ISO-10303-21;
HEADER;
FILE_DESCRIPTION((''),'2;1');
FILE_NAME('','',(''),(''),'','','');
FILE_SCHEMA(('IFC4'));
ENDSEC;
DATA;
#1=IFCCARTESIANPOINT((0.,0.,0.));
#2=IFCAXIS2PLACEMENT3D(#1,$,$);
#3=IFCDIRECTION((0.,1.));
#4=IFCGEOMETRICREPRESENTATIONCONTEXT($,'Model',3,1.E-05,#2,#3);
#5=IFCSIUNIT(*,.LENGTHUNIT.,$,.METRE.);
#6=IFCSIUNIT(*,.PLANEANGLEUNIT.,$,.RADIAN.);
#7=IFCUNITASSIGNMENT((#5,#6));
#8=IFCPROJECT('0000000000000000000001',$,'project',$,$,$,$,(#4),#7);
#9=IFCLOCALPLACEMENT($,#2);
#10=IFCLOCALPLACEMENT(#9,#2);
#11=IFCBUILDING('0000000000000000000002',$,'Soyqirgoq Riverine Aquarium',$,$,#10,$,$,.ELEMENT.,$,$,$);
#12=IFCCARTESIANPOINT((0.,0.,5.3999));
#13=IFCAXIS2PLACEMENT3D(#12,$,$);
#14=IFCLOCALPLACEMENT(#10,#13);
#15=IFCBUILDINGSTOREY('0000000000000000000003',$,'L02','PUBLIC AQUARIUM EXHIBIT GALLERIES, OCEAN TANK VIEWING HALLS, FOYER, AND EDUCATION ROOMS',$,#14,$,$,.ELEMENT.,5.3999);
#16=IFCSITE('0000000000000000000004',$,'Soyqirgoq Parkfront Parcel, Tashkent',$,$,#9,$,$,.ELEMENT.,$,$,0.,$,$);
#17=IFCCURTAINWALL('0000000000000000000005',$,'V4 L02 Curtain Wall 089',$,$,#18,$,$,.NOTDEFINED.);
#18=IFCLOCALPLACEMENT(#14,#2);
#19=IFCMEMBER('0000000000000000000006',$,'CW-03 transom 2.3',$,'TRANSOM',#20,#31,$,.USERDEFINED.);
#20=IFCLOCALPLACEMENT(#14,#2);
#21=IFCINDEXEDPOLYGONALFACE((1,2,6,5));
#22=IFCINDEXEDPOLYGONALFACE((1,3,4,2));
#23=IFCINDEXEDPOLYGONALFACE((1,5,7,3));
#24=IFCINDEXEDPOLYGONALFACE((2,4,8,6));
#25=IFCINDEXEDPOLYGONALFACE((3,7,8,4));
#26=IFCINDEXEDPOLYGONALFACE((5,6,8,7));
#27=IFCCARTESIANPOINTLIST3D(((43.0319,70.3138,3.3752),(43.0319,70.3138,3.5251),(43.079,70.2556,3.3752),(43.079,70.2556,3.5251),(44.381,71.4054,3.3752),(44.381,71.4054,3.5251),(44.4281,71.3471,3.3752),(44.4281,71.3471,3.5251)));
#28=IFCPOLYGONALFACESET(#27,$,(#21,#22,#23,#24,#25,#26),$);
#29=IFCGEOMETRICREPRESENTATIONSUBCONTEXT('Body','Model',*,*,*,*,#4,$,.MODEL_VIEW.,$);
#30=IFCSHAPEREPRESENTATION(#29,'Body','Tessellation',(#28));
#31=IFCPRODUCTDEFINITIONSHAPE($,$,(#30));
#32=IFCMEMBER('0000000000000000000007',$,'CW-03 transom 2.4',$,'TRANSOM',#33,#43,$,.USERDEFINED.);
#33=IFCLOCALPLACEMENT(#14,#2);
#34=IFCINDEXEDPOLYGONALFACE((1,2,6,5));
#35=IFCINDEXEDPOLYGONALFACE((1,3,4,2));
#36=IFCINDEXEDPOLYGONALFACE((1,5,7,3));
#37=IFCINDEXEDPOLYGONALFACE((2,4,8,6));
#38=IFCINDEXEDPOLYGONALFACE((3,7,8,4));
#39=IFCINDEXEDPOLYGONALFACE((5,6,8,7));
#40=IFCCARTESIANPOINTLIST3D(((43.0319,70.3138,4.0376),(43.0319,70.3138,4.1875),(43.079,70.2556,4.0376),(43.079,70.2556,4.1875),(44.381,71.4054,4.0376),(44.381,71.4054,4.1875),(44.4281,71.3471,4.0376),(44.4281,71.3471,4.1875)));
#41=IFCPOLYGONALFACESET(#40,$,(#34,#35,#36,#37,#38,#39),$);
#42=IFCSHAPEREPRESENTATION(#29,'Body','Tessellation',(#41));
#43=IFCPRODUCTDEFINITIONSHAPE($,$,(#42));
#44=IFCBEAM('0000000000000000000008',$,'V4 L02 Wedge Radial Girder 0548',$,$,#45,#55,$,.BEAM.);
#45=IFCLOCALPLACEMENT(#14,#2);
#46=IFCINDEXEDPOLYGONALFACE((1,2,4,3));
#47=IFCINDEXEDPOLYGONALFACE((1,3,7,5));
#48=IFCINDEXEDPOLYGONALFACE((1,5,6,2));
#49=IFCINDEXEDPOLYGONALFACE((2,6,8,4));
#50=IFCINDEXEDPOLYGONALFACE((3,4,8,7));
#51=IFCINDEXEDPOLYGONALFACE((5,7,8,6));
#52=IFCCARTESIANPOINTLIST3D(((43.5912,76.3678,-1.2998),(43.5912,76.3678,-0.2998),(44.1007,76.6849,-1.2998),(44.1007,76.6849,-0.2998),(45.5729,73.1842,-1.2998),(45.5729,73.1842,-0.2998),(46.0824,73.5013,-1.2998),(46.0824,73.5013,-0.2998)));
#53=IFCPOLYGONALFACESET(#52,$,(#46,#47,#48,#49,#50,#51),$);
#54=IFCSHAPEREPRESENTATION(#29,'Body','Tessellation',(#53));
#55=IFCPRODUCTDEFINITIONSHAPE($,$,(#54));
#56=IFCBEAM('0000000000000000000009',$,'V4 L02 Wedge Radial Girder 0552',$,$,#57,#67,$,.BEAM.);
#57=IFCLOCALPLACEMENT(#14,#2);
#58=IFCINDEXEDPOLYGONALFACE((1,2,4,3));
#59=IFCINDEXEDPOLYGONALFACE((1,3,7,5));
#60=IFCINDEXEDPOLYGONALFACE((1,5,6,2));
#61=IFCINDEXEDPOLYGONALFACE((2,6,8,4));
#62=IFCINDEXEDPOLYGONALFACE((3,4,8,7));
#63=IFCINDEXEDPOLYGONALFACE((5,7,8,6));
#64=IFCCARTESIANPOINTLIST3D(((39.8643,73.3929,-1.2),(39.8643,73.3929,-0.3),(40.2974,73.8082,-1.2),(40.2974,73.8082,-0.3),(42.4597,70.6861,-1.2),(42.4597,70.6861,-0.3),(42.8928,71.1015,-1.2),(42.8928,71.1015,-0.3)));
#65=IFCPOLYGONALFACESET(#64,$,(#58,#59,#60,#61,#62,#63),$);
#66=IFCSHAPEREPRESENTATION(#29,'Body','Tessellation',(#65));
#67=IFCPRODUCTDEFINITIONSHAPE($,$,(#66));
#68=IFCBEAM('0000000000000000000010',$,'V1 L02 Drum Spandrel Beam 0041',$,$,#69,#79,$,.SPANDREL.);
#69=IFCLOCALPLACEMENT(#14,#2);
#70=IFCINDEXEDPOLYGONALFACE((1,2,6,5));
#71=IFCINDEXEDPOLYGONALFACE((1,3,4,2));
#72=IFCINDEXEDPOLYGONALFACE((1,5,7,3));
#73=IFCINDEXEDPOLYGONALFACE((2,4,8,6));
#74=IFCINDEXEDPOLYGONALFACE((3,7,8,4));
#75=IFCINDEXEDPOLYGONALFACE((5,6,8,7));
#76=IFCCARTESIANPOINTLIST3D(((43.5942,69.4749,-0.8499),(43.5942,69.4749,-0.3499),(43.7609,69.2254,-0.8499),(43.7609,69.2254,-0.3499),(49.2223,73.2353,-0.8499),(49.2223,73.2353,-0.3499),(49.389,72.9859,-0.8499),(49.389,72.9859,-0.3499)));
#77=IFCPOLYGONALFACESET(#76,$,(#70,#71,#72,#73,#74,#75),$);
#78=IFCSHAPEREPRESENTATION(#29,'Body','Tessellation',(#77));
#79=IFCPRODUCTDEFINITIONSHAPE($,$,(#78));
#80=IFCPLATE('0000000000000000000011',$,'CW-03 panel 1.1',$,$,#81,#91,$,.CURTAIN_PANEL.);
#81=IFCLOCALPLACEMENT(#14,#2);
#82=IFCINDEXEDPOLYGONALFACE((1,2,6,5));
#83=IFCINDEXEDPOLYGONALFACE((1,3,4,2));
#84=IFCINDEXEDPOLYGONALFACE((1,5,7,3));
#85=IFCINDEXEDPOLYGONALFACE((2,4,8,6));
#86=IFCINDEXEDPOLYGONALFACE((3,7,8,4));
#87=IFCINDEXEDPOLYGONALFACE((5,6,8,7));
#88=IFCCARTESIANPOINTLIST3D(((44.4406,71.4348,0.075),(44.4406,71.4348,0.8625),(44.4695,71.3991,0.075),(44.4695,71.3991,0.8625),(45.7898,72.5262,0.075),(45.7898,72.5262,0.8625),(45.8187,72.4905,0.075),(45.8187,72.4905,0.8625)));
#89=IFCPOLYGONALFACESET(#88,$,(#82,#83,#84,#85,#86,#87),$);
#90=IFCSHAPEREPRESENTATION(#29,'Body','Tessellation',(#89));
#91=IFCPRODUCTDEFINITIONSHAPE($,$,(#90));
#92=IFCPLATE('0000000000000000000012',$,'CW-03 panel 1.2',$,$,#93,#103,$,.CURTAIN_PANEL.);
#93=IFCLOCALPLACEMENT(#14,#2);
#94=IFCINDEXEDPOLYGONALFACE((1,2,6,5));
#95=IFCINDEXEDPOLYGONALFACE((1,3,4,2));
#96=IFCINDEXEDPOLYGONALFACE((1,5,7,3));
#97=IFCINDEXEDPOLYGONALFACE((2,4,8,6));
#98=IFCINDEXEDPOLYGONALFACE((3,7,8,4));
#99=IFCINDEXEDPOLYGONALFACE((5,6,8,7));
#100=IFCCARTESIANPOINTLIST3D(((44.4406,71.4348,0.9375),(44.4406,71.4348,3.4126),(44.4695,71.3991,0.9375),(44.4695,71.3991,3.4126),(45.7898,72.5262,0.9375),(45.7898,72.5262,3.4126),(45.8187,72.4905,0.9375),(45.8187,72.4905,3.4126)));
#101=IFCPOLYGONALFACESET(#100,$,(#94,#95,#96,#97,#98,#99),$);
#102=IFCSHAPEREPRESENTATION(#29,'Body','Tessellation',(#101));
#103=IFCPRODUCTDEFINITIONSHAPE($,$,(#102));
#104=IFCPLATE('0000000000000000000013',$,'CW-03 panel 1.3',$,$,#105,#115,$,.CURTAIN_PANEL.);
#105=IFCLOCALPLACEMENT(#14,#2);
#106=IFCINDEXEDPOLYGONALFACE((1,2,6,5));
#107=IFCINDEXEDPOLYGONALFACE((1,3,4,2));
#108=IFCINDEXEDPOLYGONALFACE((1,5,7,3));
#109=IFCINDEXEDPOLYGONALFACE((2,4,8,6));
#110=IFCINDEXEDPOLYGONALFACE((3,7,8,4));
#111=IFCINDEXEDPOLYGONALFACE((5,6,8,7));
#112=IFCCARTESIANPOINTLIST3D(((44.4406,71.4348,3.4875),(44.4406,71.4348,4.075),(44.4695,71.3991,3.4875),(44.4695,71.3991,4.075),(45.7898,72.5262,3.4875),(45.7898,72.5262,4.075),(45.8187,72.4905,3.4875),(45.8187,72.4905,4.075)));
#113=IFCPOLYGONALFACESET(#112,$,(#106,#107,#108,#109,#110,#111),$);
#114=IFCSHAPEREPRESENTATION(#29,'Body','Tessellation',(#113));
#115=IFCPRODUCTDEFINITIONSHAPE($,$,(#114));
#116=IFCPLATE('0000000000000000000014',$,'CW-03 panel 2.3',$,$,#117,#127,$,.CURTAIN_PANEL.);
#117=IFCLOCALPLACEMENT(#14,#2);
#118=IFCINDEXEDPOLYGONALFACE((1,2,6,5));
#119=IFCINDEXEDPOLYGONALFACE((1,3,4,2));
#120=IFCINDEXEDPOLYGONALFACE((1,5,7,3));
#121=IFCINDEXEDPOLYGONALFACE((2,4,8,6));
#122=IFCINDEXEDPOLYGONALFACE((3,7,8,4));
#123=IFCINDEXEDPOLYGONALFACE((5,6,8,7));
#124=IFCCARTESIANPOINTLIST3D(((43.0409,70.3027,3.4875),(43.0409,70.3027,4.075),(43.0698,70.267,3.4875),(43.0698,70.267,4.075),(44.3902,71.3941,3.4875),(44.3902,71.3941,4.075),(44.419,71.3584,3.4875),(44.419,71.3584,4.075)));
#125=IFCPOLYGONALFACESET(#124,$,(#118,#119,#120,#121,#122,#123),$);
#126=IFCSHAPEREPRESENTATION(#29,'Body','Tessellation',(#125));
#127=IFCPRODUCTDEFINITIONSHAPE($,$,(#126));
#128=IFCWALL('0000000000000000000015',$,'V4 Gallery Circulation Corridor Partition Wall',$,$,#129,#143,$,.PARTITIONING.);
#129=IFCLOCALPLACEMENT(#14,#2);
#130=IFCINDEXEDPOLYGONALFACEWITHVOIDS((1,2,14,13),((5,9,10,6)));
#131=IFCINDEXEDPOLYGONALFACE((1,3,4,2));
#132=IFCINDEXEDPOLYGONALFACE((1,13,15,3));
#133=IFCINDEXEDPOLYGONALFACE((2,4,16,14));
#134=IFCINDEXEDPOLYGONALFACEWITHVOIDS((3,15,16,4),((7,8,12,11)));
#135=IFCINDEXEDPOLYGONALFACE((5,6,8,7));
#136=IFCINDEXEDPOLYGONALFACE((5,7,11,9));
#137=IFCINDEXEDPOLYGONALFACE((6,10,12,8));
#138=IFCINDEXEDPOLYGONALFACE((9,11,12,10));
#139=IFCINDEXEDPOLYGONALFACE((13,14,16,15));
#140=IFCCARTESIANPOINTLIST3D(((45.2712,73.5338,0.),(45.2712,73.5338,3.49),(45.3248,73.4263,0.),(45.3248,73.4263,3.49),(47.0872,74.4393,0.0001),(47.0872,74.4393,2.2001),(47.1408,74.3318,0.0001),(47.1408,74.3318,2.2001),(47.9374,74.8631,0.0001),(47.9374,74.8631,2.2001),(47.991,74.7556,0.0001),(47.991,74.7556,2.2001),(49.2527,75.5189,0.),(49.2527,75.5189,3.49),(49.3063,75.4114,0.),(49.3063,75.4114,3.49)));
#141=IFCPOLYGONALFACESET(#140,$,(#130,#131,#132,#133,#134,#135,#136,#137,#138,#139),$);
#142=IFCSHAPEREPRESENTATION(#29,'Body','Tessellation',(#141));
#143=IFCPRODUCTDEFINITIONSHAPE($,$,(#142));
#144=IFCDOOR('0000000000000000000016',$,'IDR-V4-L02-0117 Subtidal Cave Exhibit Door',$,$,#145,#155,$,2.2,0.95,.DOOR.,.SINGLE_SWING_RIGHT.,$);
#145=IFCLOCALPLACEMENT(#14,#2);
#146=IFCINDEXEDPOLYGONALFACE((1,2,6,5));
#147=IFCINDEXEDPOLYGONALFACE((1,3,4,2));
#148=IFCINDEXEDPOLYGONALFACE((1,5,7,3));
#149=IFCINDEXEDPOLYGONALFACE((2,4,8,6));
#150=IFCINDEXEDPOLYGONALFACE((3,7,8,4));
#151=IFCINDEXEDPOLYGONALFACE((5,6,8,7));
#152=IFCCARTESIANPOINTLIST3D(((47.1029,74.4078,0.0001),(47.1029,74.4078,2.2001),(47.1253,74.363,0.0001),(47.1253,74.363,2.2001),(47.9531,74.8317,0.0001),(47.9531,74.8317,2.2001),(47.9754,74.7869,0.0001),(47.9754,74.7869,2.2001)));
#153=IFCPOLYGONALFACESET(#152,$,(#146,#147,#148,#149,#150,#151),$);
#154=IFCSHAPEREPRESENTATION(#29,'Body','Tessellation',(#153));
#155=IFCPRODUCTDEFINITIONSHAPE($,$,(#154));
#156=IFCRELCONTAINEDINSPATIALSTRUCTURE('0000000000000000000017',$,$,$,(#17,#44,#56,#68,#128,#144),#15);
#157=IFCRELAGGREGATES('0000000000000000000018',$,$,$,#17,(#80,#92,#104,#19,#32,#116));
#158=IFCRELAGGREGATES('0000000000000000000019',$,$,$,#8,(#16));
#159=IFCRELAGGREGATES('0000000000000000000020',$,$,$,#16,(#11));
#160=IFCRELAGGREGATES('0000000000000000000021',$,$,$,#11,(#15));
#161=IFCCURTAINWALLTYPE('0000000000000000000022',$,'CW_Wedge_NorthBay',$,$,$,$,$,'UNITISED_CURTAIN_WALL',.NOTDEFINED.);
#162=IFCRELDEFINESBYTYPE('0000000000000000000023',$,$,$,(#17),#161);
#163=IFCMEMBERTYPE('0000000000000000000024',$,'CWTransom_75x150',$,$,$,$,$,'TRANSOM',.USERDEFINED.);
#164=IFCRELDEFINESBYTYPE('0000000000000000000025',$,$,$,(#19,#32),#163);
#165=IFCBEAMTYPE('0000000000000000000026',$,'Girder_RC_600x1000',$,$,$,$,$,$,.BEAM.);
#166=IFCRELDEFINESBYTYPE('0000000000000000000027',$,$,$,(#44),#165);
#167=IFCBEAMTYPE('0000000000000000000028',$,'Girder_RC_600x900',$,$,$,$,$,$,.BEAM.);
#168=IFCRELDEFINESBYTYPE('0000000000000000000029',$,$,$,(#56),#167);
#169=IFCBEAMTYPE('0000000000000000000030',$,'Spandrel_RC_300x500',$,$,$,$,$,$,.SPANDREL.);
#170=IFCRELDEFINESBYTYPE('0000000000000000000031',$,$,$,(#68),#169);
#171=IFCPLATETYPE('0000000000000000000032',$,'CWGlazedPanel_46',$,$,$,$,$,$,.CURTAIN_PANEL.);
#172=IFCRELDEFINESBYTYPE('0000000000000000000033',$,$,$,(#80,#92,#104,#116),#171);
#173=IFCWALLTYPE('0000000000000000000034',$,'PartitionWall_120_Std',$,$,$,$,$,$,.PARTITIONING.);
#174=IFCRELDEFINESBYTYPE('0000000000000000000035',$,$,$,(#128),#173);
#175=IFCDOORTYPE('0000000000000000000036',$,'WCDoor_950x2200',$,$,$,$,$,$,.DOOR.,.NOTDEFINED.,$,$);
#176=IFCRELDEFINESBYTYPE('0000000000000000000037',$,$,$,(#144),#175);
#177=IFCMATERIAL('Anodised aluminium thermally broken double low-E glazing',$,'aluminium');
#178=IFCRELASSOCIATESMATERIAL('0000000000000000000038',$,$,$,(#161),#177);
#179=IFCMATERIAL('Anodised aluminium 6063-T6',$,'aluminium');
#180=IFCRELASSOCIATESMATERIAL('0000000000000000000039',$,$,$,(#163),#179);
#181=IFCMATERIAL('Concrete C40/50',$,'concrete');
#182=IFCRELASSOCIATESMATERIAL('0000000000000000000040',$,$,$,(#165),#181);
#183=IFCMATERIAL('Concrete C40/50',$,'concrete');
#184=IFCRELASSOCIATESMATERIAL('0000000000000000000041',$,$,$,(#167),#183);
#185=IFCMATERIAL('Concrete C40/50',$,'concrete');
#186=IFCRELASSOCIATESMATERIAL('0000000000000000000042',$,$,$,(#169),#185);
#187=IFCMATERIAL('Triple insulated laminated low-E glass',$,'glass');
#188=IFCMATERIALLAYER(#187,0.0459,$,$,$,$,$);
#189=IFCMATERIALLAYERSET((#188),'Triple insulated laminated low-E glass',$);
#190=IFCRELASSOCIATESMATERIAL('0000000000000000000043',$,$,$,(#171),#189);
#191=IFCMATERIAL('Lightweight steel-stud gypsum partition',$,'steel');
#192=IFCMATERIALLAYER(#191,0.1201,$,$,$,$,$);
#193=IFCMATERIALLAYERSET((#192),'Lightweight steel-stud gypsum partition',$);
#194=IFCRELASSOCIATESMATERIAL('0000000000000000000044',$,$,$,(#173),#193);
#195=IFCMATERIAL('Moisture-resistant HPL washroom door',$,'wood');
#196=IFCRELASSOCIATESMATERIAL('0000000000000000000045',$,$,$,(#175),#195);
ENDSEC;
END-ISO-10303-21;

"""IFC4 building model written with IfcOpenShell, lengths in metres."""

from ifc_helpers import new_model, si_unit, direction, frame, frame_2d, origin, origin_2d, place, context, subcontext, project, spatial, rectangle, extrude, material, layer, layer_set, material_profile, profile_set, type_object, element, fill, aggregate, save


model = new_model("IFC4")

# Units and contexts
model_context = context("Model", 3, precision=1e-05, world=origin(), true_north=direction((0.0, 1.0)))
body_context = subcontext(model_context, "Body", "Model", "MODEL_VIEW")
ifc_project = project(units=[si_unit("LENGTHUNIT", "METRE"), si_unit("PLANEANGLEUNIT", "RADIAN")], contexts=[model_context])

# Site, building, storey
site_placement = place(None, origin())
site = spatial("IfcSite", under=ifc_project, at=site_placement, Name="Soyqirgoq Parkfront Parcel, Tashkent", CompositionType="ELEMENT", RefElevation=0.0)
building_placement = place(site_placement, origin())
building = spatial("IfcBuilding", under=site, at=building_placement, Name="Soyqirgoq Riverine Aquarium", CompositionType="ELEMENT")
storey_placement = place(building_placement, frame((0.0, 0.0, 5.3999)))
storey = spatial("IfcBuildingStorey", under=building, at=storey_placement, Name="L02", Description="PUBLIC AQUARIUM EXHIBIT GALLERIES, OCEAN TANK VIEWING HALLS, FOYER, AND EDUCATION ROOMS", CompositionType="ELEMENT", Elevation=5.3999)

# Curtain wall, members
ifc_material_1 = material(Name="Anodised aluminium thermally broken double low-E glazing", Category="aluminium")
curtain_wall_type = type_object("IfcCurtainWallType", Name="CW_Wedge_NorthBay", ElementType="UNITISED_CURTAIN_WALL", PredefinedType="NOTDEFINED", material=ifc_material_1)
curtain_wall_placement = place(storey_placement, origin())
curtain_wall = element("IfcCurtainWall", 1, at=curtain_wall_placement, inside=storey, type_object=curtain_wall_type, Name="V4 L02 Curtain Wall 089", PredefinedType="NOTDEFINED")
ifc_material_2 = material(Name="Anodised aluminium 6063-T6", Category="aluminium")
ifc_material_profile_1 = material_profile(ifc_material_2, rectangle(XDim=0.075, YDim=0.1499, at=origin_2d()), Name="ALU-T 75x150")
ifc_profile_set_1 = profile_set([ifc_material_profile_1], Name="Anodised aluminium 6063-T6")
member_type_1 = type_object("IfcMemberType", Name="CWTransom_75x150", ElementType="TRANSOM", PredefinedType="USERDEFINED", material=ifc_profile_set_1)
member_1_placement = place(storey_placement, frame((44.4045, 71.3762, 3.4502), z_axis=(-0.777412, -0.628992, 0.0), x_axis=(0.628992, -0.777412, 0.0)))
member_1 = element("IfcMember", 2, at=member_1_placement, type_object=member_type_1, Name="CW-03 transom 2.3", ObjectType="TRANSOM", PredefinedType="USERDEFINED", context=body_context, shape_type="SweptSolid", body=[
    extrude(rectangle(XDim=0.075, YDim=0.1499, at=origin_2d()), origin(), (0.0, 0.0, 1.0), 1.7354),
])
member_2_placement = place(storey_placement, frame((44.4045, 71.3762, 4.1125), z_axis=(-0.777412, -0.628992, 0.0), x_axis=(0.628992, -0.777412, 0.0)))
member_2 = element("IfcMember", 3, at=member_2_placement, type_object=member_type_1, Name="CW-03 transom 2.4", ObjectType="TRANSOM", PredefinedType="USERDEFINED", context=body_context, shape_type="SweptSolid", body=[
    extrude(rectangle(XDim=0.075, YDim=0.1499, at=origin_2d()), origin(), (0.0, 0.0, 1.0), 1.7354),
])

# Beams
ifc_material_3 = material(Name="Concrete C40/50", Category="concrete")
ifc_material_profile_2 = material_profile(ifc_material_3, rectangle(XDim=0.6001, YDim=1.0, at=origin_2d()), Name="RC 600x1000")
ifc_profile_set_2 = profile_set([ifc_material_profile_2], Name="Concrete C40/50")
beam_type_1 = type_object("IfcBeamType", Name="Girder_RC_600x1000", PredefinedType="BEAM", material=ifc_profile_set_2)
beam_1_placement = place(storey_placement, frame((45.8276, 73.3428, -0.7998), z_axis=(-0.528453, 0.848962, 0.0), x_axis=(-0.848962, -0.528453, 0.0)))
element("IfcBeam", 4, at=beam_1_placement, inside=storey, type_object=beam_type_1, Name="V4 L02 Wedge Radial Girder 0548", PredefinedType="BEAM", context=body_context, shape_type="SweptSolid", body=[
    extrude(rectangle(XDim=0.6001, YDim=1.0, at=origin_2d()), origin(), (0.0, 0.0, 1.0), 3.75),
])
ifc_material_4 = material(Name="Concrete C40/50", Category="concrete")
ifc_material_profile_3 = material_profile(ifc_material_4, rectangle(XDim=0.6001, YDim=0.8999, at=origin_2d()), Name="RC 600x900")
ifc_profile_set_3 = profile_set([ifc_material_profile_3], Name="Concrete C40/50")
beam_type_2 = type_object("IfcBeamType", Name="Girder_RC_600x900", PredefinedType="BEAM", material=ifc_profile_set_3)
beam_2_placement = place(storey_placement, frame((42.6763, 70.8938, -0.75), z_axis=(-0.692108, 0.721794, 0.0), x_axis=(-0.721794, -0.692108, 0.0)))
element("IfcBeam", 5, at=beam_2_placement, inside=storey, type_object=beam_type_2, Name="V4 L02 Wedge Radial Girder 0552", PredefinedType="BEAM", context=body_context, shape_type="SweptSolid", body=[
    extrude(rectangle(XDim=0.6001, YDim=0.8999, at=origin_2d()), origin(), (0.0, 0.0, 1.0), 3.75),
])
ifc_material_5 = material(Name="Concrete C40/50", Category="concrete")
ifc_material_profile_4 = material_profile(ifc_material_5, rectangle(XDim=0.3, YDim=0.5, at=origin_2d()), Name="RC 300x500")
ifc_profile_set_4 = profile_set([ifc_material_profile_4], Name="Concrete C40/50")
beam_type_3 = type_object("IfcBeamType", Name="Spandrel_RC_300x500", PredefinedType="SPANDREL", material=ifc_profile_set_4)
beam_3_placement = place(storey_placement, frame((49.3057, 73.1106, -0.5999), z_axis=(-0.831478, -0.555557, 0.0), x_axis=(0.555557, -0.831478, 0.0)))
element("IfcBeam", 6, at=beam_3_placement, inside=storey, type_object=beam_type_3, Name="V1 L02 Drum Spandrel Beam 0041", PredefinedType="SPANDREL", context=body_context, shape_type="SweptSolid", body=[
    extrude(rectangle(XDim=0.3, YDim=0.5, at=origin_2d()), origin(), (0.0, 0.0, 1.0), 6.7688),
])

# Plates
ifc_material_6 = material(Name="Triple insulated laminated low-E glass", Category="glass")
ifc_layer_1 = layer(ifc_material_6, 0.0459)
ifc_layer_set_1 = layer_set([ifc_layer_1], Name="Triple insulated laminated low-E glass")
plate_type = type_object("IfcPlateType", Name="CWGlazedPanel_46", PredefinedType="CURTAIN_PANEL", material=ifc_layer_set_1)
plate_1_placement = place(storey_placement, frame((45.1296, 71.9626, 0.075), z_axis=(0.0, 0.0, 1.0), x_axis=(-0.777491, -0.628894, 0.0)))
plate_1 = element("IfcPlate", 7, at=plate_1_placement, type_object=plate_type, Name="CW-03 panel 1.1", PredefinedType="CURTAIN_PANEL", context=body_context, shape_type="SweptSolid", body=[
    extrude(rectangle(XDim=1.7354, YDim=0.0459, at=origin_2d()), origin(), (0.0, 0.0, 1.0), 0.7876),
])
plate_2_placement = place(storey_placement, frame((45.1296, 71.9626, 0.9375), z_axis=(0.0, 0.0, 1.0), x_axis=(-0.777491, -0.628894, 0.0)))
plate_2 = element("IfcPlate", 8, at=plate_2_placement, type_object=plate_type, Name="CW-03 panel 1.2", PredefinedType="CURTAIN_PANEL", context=body_context, shape_type="SweptSolid", body=[
    extrude(rectangle(XDim=1.7354, YDim=0.0459, at=origin_2d()), origin(), (0.0, 0.0, 1.0), 2.4751),
])
plate_3_placement = place(storey_placement, frame((45.1296, 71.9626, 3.4875), z_axis=(0.0, 0.0, 1.0), x_axis=(-0.777491, -0.628894, 0.0)))
plate_3 = element("IfcPlate", 9, at=plate_3_placement, type_object=plate_type, Name="CW-03 panel 1.3", PredefinedType="CURTAIN_PANEL", context=body_context, shape_type="SweptSolid", body=[
    extrude(rectangle(XDim=1.7354, YDim=0.0459, at=origin_2d()), origin(), (0.0, 0.0, 1.0), 0.5874),
])
plate_4_placement = place(storey_placement, frame((43.73, 70.8306, 3.4875), z_axis=(0.0, 0.0, 1.0), x_axis=(-0.777491, -0.628894, 0.0)))
plate_4 = element("IfcPlate", 10, at=plate_4_placement, type_object=plate_type, Name="CW-03 panel 2.3", PredefinedType="CURTAIN_PANEL", context=body_context, shape_type="SweptSolid", body=[
    extrude(rectangle(XDim=1.7354, YDim=0.0459, at=origin_2d()), origin(), (0.0, 0.0, 1.0), 0.5874),
])
aggregate(curtain_wall, [plate_1, plate_2, plate_3, member_1, member_2, plate_4])

# Wall, opening, door
ifc_material_7 = material(Name="Lightweight steel-stud gypsum partition", Category="steel")
ifc_layer_2 = layer(ifc_material_7, 0.1201)
ifc_layer_set_2 = layer_set([ifc_layer_2], Name="Lightweight steel-stud gypsum partition")
wall_type_1 = type_object("IfcWallType", Name="PartitionWall_120_Std", PredefinedType="PARTITIONING", material=ifc_layer_set_2)
wall_1_placement = place(storey_placement, frame((45.2979, 73.48, 0.0), z_axis=(0.0, 0.0, 1.0), x_axis=(0.894931, 0.446204, 0.0)))
wall_1 = element("IfcWall", 11, at=wall_1_placement, inside=storey, type_object=wall_type_1, Name="V4 Gallery Circulation Corridor Partition Wall", PredefinedType="PARTITIONING", context=body_context, shape_type="SweptSolid", body=[
    extrude(rectangle(XDim=4.449, YDim=0.1201, at=frame_2d((2.2246, 0.0))), origin(), (0.0, 0.0, 1.0), 3.49),
])
opening_1_placement = place(wall_1_placement, frame((2.0293, 0.0, 0.0)))
opening_1 = element("IfcOpeningElement", 12, at=opening_1_placement, cuts=wall_1, PredefinedType="OPENING", context=body_context, shape_type="SweptSolid", body=[
    extrude(rectangle(XDim=0.95, YDim=2.2, at=frame_2d((0.4751, 1.1001))), frame((0.0, 0.0701, 0.0), z_axis=(0.0, -1.0, 0.0), x_axis=(1.0, 0.0, 0.0)), (0.0, 0.0, 1.0), 0.1401),
])
ifc_material_8 = material(Name="Moisture-resistant HPL washroom door", Category="wood")
door_type = type_object("IfcDoorType", Name="WCDoor_950x2200", OperationType="NOTDEFINED", PredefinedType="DOOR", material=ifc_material_8)
door_placement = place(opening_1_placement, origin())
door = element("IfcDoor", 13, at=door_placement, inside=storey, type_object=door_type, Name="IDR-V4-L02-0117 Subtidal Cave Exhibit Door", OperationType="SINGLE_SWING_RIGHT", OverallHeight=2.2, OverallWidth=0.95, PredefinedType="DOOR", context=body_context, shape_type="SweptSolid", body=[
    extrude(rectangle(XDim=0.95, YDim=2.2, at=frame_2d((0.4751, 1.1001))), frame((0.0, 0.0249, 0.0), z_axis=(0.0, -1.0, 0.0), x_axis=(1.0, 0.0, 0.0)), (0.0, 0.0, 1.0), 0.05),
])
fill(opening_1, door)

save(model, "model.ifc")
